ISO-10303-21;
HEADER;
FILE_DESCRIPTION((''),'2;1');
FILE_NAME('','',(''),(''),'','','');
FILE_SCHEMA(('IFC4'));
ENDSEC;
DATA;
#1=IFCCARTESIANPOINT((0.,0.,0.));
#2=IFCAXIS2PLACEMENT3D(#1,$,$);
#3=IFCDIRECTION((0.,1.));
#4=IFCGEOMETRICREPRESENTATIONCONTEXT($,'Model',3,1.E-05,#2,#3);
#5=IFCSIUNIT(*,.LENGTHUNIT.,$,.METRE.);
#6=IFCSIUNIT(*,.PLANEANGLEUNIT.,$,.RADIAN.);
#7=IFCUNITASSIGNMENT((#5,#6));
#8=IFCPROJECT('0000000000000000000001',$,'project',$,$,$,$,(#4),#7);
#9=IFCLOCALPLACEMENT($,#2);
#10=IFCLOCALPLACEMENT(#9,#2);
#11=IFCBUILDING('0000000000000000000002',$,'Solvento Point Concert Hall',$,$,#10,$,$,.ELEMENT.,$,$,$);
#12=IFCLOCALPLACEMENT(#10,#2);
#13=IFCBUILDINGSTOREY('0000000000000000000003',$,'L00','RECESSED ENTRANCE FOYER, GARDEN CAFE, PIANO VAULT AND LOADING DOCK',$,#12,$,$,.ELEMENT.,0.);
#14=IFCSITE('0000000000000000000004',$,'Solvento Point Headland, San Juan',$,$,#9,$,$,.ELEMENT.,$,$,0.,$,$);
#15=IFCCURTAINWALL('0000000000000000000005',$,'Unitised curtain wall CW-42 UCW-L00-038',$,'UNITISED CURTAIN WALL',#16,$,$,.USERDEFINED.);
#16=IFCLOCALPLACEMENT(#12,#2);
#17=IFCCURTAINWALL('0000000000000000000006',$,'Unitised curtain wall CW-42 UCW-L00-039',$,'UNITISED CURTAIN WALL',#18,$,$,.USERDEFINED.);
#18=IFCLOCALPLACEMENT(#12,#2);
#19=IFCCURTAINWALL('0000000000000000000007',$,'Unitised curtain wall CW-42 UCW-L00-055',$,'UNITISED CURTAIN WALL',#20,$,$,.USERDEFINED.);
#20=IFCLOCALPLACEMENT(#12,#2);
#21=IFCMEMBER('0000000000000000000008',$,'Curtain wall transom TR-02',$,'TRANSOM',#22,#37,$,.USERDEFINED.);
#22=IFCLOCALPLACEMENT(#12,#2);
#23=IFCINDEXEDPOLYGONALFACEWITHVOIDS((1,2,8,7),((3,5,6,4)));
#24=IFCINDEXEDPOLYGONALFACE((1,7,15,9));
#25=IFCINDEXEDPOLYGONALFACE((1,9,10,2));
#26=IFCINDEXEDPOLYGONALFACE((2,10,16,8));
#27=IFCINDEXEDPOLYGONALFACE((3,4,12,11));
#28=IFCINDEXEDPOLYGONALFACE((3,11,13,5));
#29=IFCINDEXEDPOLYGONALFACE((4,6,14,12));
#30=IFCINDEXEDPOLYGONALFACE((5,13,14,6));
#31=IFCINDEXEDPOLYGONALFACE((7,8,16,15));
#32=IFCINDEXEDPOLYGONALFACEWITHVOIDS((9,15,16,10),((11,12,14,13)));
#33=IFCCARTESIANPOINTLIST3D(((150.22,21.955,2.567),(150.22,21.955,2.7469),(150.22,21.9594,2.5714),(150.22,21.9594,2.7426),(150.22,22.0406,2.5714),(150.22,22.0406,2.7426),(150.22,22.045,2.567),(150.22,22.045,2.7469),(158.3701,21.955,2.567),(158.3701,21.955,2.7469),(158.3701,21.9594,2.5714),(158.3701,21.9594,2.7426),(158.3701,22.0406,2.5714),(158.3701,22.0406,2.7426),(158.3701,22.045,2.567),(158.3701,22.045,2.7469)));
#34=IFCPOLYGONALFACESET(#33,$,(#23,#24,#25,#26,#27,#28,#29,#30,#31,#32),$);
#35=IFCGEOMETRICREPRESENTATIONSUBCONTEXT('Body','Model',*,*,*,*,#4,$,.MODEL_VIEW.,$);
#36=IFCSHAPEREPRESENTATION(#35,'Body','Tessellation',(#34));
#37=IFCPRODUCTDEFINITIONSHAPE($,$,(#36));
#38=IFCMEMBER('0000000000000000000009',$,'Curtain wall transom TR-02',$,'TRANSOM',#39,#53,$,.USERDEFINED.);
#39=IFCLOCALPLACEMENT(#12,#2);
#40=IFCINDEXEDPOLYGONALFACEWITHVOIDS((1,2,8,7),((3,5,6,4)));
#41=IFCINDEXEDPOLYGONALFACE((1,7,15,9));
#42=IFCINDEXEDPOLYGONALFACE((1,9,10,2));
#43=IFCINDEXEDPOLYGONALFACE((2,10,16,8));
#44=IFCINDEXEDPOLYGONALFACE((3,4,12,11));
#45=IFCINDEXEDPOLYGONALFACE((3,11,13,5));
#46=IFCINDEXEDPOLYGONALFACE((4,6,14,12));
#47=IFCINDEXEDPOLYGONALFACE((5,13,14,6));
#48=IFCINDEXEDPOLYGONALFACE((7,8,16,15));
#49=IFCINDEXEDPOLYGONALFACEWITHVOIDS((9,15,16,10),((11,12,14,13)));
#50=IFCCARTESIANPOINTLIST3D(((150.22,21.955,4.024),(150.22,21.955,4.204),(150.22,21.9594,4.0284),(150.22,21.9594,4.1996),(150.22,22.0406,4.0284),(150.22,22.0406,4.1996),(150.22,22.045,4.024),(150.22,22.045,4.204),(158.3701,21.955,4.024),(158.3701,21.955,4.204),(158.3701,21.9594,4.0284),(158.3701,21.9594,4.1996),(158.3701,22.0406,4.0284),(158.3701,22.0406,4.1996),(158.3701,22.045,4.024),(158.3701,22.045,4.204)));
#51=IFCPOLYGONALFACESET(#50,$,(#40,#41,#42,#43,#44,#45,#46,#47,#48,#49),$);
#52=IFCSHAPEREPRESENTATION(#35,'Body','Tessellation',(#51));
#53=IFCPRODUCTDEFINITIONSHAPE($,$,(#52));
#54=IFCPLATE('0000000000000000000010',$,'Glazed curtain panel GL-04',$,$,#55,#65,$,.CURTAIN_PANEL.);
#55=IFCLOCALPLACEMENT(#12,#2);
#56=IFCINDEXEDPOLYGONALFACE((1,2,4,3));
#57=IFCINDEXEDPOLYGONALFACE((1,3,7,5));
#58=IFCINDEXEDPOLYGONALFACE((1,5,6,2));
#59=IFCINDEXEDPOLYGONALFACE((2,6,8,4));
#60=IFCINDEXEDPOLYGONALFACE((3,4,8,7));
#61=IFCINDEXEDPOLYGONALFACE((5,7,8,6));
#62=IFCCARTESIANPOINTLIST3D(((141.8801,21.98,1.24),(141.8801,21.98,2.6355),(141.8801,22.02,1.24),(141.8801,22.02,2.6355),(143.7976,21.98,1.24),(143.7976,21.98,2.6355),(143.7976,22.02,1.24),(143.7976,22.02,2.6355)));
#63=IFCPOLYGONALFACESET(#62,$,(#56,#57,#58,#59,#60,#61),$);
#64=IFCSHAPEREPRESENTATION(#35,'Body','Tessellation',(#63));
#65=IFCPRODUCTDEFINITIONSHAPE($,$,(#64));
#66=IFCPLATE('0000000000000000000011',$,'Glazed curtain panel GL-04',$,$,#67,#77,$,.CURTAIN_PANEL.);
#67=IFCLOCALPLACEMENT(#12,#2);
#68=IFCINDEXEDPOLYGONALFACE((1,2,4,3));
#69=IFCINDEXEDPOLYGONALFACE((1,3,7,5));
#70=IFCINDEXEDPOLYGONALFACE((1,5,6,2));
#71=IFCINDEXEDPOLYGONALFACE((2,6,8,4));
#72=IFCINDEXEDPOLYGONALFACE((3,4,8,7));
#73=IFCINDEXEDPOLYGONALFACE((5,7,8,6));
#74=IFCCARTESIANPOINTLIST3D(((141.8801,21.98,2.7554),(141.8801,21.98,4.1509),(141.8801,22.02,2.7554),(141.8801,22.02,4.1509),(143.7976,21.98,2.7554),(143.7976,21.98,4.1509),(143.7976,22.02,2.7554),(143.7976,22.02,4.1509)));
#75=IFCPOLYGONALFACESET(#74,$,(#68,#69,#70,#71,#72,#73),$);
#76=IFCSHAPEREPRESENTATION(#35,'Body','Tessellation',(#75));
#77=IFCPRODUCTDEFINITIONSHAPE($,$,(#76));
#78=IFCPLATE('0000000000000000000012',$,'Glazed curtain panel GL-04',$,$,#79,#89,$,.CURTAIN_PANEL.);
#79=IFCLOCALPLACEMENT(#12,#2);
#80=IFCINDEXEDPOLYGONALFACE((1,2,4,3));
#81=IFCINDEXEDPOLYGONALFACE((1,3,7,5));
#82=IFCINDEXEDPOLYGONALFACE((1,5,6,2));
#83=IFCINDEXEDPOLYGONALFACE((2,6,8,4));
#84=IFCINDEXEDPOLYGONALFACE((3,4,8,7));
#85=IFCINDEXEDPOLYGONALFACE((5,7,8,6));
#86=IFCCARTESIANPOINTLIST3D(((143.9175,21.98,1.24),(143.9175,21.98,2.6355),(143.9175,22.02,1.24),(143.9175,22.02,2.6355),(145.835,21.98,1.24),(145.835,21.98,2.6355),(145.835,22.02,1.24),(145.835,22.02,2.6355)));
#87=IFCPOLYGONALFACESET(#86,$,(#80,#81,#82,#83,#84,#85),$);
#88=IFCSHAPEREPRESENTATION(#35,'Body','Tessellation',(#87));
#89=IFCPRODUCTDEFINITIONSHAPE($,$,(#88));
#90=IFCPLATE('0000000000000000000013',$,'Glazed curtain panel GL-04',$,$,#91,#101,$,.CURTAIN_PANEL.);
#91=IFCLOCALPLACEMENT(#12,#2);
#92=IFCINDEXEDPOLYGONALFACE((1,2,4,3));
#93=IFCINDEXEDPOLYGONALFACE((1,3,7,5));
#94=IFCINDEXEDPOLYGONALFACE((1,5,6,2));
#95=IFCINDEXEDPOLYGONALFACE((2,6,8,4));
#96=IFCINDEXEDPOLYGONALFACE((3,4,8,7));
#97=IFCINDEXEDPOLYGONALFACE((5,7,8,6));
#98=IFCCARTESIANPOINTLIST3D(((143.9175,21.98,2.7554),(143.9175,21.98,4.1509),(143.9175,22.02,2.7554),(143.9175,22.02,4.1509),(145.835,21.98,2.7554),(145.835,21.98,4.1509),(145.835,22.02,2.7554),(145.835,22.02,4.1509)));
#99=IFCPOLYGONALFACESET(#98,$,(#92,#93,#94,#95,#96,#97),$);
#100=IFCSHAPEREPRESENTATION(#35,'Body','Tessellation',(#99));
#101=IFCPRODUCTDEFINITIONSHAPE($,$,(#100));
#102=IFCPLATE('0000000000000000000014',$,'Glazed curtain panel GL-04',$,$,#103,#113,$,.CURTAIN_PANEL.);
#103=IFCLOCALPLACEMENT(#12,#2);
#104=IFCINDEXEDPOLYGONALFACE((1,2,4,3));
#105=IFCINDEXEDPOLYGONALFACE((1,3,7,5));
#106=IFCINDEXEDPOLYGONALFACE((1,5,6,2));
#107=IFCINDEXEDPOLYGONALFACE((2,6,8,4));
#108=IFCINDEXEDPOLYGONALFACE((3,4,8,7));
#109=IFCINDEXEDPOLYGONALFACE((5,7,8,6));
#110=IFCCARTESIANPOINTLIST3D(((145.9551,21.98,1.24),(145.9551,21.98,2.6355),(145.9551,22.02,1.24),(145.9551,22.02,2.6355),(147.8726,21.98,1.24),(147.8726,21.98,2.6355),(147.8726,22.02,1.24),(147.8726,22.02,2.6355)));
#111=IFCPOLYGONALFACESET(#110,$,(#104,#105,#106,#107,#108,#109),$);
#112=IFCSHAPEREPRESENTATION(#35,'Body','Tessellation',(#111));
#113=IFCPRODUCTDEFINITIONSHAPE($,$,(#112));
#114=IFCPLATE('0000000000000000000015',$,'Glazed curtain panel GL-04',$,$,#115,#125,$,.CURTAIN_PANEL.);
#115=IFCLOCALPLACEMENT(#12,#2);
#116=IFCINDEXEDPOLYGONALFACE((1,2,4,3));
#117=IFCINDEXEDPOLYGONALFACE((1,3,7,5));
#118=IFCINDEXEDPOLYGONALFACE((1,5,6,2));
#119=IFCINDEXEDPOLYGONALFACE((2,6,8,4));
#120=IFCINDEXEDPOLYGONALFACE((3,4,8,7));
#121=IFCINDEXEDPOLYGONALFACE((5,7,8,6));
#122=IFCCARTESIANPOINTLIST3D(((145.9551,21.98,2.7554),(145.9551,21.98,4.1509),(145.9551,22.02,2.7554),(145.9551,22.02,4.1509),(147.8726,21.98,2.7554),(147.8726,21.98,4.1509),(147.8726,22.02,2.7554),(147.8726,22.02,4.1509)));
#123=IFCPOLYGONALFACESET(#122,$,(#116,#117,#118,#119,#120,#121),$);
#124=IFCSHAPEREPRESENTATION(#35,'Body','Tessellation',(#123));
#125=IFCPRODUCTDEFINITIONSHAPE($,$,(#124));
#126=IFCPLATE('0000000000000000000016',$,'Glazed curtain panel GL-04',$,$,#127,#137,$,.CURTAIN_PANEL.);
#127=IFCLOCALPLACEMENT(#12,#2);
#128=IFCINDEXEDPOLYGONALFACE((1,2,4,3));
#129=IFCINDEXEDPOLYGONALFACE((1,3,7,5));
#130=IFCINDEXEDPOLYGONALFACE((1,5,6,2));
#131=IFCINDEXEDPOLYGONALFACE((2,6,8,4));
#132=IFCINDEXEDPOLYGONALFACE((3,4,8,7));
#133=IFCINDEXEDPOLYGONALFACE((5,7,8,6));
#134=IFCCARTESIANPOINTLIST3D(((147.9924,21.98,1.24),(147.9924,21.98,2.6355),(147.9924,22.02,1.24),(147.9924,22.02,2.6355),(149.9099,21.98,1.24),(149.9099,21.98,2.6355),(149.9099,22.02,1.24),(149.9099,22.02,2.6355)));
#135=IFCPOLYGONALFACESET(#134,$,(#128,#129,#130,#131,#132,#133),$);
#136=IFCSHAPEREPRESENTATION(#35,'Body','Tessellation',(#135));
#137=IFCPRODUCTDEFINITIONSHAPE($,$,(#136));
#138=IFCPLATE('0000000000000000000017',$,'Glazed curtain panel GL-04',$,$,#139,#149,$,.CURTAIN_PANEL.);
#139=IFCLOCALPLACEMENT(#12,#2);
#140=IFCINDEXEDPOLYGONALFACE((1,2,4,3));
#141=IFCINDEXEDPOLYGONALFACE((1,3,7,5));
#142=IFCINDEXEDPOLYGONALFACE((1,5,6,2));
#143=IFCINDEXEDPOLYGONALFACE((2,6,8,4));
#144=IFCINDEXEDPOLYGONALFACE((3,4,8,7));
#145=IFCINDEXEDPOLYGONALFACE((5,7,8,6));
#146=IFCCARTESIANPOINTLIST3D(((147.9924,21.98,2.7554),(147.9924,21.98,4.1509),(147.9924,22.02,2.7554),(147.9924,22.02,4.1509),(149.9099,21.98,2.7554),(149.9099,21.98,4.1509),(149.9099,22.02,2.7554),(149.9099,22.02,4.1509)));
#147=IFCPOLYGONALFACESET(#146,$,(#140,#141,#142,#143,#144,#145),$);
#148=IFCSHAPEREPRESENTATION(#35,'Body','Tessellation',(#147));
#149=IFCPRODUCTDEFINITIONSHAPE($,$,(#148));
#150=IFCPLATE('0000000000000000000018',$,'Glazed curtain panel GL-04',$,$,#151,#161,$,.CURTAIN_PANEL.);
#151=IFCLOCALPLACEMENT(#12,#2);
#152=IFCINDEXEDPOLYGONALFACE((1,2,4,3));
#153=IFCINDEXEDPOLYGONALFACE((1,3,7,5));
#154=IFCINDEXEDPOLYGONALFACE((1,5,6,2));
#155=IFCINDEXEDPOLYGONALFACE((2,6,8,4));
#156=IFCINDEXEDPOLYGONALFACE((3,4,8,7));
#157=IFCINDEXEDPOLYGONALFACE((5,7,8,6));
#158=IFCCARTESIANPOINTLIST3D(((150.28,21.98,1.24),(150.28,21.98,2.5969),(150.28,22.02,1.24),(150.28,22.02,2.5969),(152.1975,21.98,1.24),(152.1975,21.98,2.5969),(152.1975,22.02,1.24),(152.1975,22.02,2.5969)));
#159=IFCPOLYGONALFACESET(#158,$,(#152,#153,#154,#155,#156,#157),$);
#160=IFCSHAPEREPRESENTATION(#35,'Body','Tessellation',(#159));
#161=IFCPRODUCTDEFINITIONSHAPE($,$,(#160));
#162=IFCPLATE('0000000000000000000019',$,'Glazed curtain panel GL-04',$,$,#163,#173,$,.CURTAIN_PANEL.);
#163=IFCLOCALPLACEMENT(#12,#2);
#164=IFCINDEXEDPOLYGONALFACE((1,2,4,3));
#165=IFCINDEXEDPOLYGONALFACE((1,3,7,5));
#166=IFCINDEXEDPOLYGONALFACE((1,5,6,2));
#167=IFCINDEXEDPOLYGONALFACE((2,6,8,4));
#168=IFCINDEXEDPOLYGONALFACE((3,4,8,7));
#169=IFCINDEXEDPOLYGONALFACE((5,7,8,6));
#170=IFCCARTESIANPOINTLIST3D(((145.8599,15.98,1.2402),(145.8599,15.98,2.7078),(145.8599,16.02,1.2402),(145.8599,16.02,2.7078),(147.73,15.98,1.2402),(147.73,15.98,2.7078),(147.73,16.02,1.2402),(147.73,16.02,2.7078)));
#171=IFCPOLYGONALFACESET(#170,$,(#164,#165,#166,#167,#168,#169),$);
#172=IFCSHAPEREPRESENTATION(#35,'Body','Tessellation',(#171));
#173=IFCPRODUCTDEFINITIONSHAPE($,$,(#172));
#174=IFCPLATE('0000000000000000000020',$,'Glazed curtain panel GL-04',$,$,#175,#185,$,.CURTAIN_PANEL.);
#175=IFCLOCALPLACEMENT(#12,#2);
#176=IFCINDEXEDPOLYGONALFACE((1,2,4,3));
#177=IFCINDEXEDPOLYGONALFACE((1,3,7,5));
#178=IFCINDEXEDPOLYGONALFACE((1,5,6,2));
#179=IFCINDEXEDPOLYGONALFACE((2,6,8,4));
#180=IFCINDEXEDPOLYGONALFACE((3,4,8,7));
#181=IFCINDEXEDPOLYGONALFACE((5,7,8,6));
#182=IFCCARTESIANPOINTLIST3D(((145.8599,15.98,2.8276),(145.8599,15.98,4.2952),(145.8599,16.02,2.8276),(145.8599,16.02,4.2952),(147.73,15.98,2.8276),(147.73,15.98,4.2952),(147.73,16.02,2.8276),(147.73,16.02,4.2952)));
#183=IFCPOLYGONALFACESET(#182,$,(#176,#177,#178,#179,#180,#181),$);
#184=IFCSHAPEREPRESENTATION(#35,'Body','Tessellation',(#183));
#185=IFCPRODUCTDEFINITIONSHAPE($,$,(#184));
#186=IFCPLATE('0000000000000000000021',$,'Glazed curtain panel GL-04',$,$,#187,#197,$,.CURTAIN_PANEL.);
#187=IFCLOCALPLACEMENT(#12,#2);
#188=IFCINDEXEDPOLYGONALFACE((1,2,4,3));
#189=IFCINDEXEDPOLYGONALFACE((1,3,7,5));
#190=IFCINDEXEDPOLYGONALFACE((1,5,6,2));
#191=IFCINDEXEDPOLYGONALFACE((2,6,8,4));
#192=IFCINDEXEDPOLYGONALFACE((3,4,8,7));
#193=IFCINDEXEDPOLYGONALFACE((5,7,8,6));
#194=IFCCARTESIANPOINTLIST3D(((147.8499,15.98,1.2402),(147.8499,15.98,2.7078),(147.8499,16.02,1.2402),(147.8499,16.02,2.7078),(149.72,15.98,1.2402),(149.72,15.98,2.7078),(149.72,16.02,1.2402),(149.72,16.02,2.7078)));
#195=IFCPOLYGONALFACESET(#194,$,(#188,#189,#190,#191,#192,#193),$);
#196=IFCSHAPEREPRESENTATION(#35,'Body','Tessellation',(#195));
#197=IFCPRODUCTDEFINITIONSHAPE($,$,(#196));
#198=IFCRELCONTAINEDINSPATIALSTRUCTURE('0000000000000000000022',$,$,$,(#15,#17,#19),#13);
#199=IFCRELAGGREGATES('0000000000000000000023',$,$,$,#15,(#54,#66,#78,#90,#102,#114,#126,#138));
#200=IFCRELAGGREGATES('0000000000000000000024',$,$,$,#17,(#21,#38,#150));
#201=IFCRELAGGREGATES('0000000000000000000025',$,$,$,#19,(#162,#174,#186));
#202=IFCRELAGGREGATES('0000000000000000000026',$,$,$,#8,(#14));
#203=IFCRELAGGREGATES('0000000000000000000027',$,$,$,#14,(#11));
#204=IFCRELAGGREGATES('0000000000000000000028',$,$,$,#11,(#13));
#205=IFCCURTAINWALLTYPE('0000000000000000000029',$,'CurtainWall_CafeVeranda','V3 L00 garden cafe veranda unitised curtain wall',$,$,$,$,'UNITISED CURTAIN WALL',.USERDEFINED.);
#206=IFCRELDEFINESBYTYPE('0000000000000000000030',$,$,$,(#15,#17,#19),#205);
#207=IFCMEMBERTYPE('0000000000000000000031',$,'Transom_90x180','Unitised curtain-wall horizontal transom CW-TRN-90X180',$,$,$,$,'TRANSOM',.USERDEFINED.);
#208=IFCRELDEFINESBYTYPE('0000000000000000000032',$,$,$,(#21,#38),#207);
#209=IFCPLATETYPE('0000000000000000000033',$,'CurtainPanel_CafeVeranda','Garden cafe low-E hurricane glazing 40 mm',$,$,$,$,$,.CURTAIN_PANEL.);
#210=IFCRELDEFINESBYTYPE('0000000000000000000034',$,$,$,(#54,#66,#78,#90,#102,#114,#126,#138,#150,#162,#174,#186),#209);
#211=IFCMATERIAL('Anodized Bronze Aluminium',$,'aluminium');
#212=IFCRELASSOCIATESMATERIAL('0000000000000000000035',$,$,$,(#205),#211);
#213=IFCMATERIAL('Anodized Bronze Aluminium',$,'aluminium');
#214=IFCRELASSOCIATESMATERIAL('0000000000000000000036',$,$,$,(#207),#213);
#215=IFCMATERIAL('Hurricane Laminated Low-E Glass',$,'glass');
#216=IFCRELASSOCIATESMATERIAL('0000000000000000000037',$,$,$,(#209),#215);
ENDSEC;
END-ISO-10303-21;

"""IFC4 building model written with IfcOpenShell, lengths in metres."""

from ifc_helpers import new_model, si_unit, direction, frame, origin, origin_2d, place, context, subcontext, project, spatial, rectangle, hollow_rectangle, extrude, material, material_profile, profile_set, type_object, element, aggregate, save


model = new_model("IFC4")

# Units and contexts
model_context = context("Model", 3, precision=1e-05, world=origin(), true_north=direction((0.0, 1.0)))
body_context = subcontext(model_context, "Body", "Model", "MODEL_VIEW")
ifc_project = project(units=[si_unit("LENGTHUNIT", "METRE"), si_unit("PLANEANGLEUNIT", "RADIAN")], contexts=[model_context])

# Site, building, storey
site_placement = place(None, origin())
site = spatial("IfcSite", under=ifc_project, at=site_placement, Name="Solvento Point Headland, San Juan", CompositionType="ELEMENT", RefElevation=0.0)
building_placement = place(site_placement, origin())
building = spatial("IfcBuilding", under=site, at=building_placement, Name="Solvento Point Concert Hall", CompositionType="ELEMENT")
storey_placement = place(building_placement, origin())
storey = spatial("IfcBuildingStorey", under=building, at=storey_placement, Name="L00", Description="RECESSED ENTRANCE FOYER, GARDEN CAFE, PIANO VAULT AND LOADING DOCK", CompositionType="ELEMENT", Elevation=0.0)

# Curtain wall
ifc_material_1 = material(Name="Anodized Bronze Aluminium", Category="aluminium")
curtain_wall_type = type_object("IfcCurtainWallType", Name="CurtainWall_CafeVeranda", Description="V3 L00 garden cafe veranda unitised curtain wall", ElementType="UNITISED CURTAIN WALL", PredefinedType="USERDEFINED", material=ifc_material_1)
curtain_wall_1_placement = place(storey_placement, origin())
curtain_wall_1 = element("IfcCurtainWall", 1, at=curtain_wall_1_placement, inside=storey, type_object=curtain_wall_type, Name="Unitised curtain wall CW-42 UCW-L00-038", ObjectType="UNITISED CURTAIN WALL", PredefinedType="USERDEFINED")

# Curtain wall
curtain_wall_2_placement = place(storey_placement, origin())
curtain_wall_2 = element("IfcCurtainWall", 2, at=curtain_wall_2_placement, inside=storey, type_object=curtain_wall_type, Name="Unitised curtain wall CW-42 UCW-L00-039", ObjectType="UNITISED CURTAIN WALL", PredefinedType="USERDEFINED")

# Curtain wall
curtain_wall_3_placement = place(storey_placement, origin())
curtain_wall_3 = element("IfcCurtainWall", 3, at=curtain_wall_3_placement, inside=storey, type_object=curtain_wall_type, Name="Unitised curtain wall CW-42 UCW-L00-055", ObjectType="UNITISED CURTAIN WALL", PredefinedType="USERDEFINED")

# Members
ifc_material_2 = material(Name="Anodized Bronze Aluminium", Category="aluminium")
ifc_material_profile_1 = material_profile(ifc_material_2, hollow_rectangle(XDim=0.0901, YDim=0.1799, WallThickness=0.0044, at=origin_2d()), Name="CW-TRN-90X180")
ifc_profile_set_1 = profile_set([ifc_material_profile_1], Name="Anodized Bronze Aluminium")
member_type_1 = type_object("IfcMemberType", Name="Transom_90x180", Description="Unitised curtain-wall horizontal transom CW-TRN-90X180", ElementType="TRANSOM", PredefinedType="USERDEFINED", material=ifc_profile_set_1)
member_1_placement = place(storey_placement, frame((150.22, 22.0, 2.657), z_axis=(1.0, 0.0, 0.0), x_axis=(0.0, 1.0, 0.0)))
member_1 = element("IfcMember", 4, at=member_1_placement, type_object=member_type_1, Name="Curtain wall transom TR-02", ObjectType="TRANSOM", PredefinedType="USERDEFINED", context=body_context, shape_type="SweptSolid", body=[
    extrude(hollow_rectangle(XDim=0.0901, YDim=0.1799, WallThickness=0.0044, at=origin_2d()), origin(), (0.0, 0.0, 1.0), 8.1501),
])
member_2_placement = place(storey_placement, frame((150.22, 22.0, 4.114), z_axis=(1.0, 0.0, 0.0), x_axis=(0.0, 1.0, 0.0)))
member_2 = element("IfcMember", 5, at=member_2_placement, type_object=member_type_1, Name="Curtain wall transom TR-02", ObjectType="TRANSOM", PredefinedType="USERDEFINED", context=body_context, shape_type="SweptSolid", body=[
    extrude(hollow_rectangle(XDim=0.0901, YDim=0.1799, WallThickness=0.0044, at=origin_2d()), origin(), (0.0, 0.0, 1.0), 8.1501),
])

# Plates
ifc_material_3 = material(Name="Hurricane Laminated Low-E Glass", Category="glass")
plate_type = type_object("IfcPlateType", Name="CurtainPanel_CafeVeranda", Description="Garden cafe low-E hurricane glazing 40 mm", PredefinedType="CURTAIN_PANEL", material=ifc_material_3)
plate_1_placement = place(storey_placement, frame((142.8389, 22.0, 1.24), z_axis=(0.0, 0.0, 1.0), x_axis=(1.0, 0.0, 0.0)))
plate_1 = element("IfcPlate", 6, at=plate_1_placement, type_object=plate_type, Name="Glazed curtain panel GL-04", PredefinedType="CURTAIN_PANEL", context=body_context, shape_type="SweptSolid", body=[
    extrude(rectangle(XDim=1.9175, YDim=0.04, at=origin_2d()), origin(), (0.0, 0.0, 1.0), 1.3955),
])
plate_2_placement = place(storey_placement, frame((142.8389, 22.0, 2.7554), z_axis=(0.0, 0.0, 1.0), x_axis=(1.0, 0.0, 0.0)))
plate_2 = element("IfcPlate", 7, at=plate_2_placement, type_object=plate_type, Name="Glazed curtain panel GL-04", PredefinedType="CURTAIN_PANEL", context=body_context, shape_type="SweptSolid", body=[
    extrude(rectangle(XDim=1.9175, YDim=0.04, at=origin_2d()), origin(), (0.0, 0.0, 1.0), 1.3955),
])
plate_3_placement = place(storey_placement, frame((144.8762, 22.0, 1.24), z_axis=(0.0, 0.0, 1.0), x_axis=(1.0, 0.0, 0.0)))
plate_3 = element("IfcPlate", 8, at=plate_3_placement, type_object=plate_type, Name="Glazed curtain panel GL-04", PredefinedType="CURTAIN_PANEL", context=body_context, shape_type="SweptSolid", body=[
    extrude(rectangle(XDim=1.9175, YDim=0.04, at=origin_2d()), origin(), (0.0, 0.0, 1.0), 1.3955),
])
plate_4_placement = place(storey_placement, frame((144.8762, 22.0, 2.7554), z_axis=(0.0, 0.0, 1.0), x_axis=(1.0, 0.0, 0.0)))
plate_4 = element("IfcPlate", 9, at=plate_4_placement, type_object=plate_type, Name="Glazed curtain panel GL-04", PredefinedType="CURTAIN_PANEL", context=body_context, shape_type="SweptSolid", body=[
    extrude(rectangle(XDim=1.9175, YDim=0.04, at=origin_2d()), origin(), (0.0, 0.0, 1.0), 1.3955),
])
plate_5_placement = place(storey_placement, frame((146.9138, 22.0, 1.24), z_axis=(0.0, 0.0, 1.0), x_axis=(1.0, 0.0, 0.0)))
plate_5 = element("IfcPlate", 10, at=plate_5_placement, type_object=plate_type, Name="Glazed curtain panel GL-04", PredefinedType="CURTAIN_PANEL", context=body_context, shape_type="SweptSolid", body=[
    extrude(rectangle(XDim=1.9175, YDim=0.04, at=origin_2d()), origin(), (0.0, 0.0, 1.0), 1.3955),
])
plate_6_placement = place(storey_placement, frame((146.9138, 22.0, 2.7554), z_axis=(0.0, 0.0, 1.0), x_axis=(1.0, 0.0, 0.0)))
plate_6 = element("IfcPlate", 11, at=plate_6_placement, type_object=plate_type, Name="Glazed curtain panel GL-04", PredefinedType="CURTAIN_PANEL", context=body_context, shape_type="SweptSolid", body=[
    extrude(rectangle(XDim=1.9175, YDim=0.04, at=origin_2d()), origin(), (0.0, 0.0, 1.0), 1.3955),
])
plate_7_placement = place(storey_placement, frame((148.9512, 22.0, 1.24), z_axis=(0.0, 0.0, 1.0), x_axis=(1.0, 0.0, 0.0)))
plate_7 = element("IfcPlate", 12, at=plate_7_placement, type_object=plate_type, Name="Glazed curtain panel GL-04", PredefinedType="CURTAIN_PANEL", context=body_context, shape_type="SweptSolid", body=[
    extrude(rectangle(XDim=1.9175, YDim=0.04, at=origin_2d()), origin(), (0.0, 0.0, 1.0), 1.3955),
])
plate_8_placement = place(storey_placement, frame((148.9512, 22.0, 2.7554), z_axis=(0.0, 0.0, 1.0), x_axis=(1.0, 0.0, 0.0)))
plate_8 = element("IfcPlate", 13, at=plate_8_placement, type_object=plate_type, Name="Glazed curtain panel GL-04", PredefinedType="CURTAIN_PANEL", context=body_context, shape_type="SweptSolid", body=[
    extrude(rectangle(XDim=1.9175, YDim=0.04, at=origin_2d()), origin(), (0.0, 0.0, 1.0), 1.3955),
])
aggregate(curtain_wall_1, [plate_1, plate_2, plate_3, plate_4, plate_5, plate_6, plate_7, plate_8])
plate_9_placement = place(storey_placement, frame((151.2388, 22.0, 1.24), z_axis=(0.0, 0.0, 1.0), x_axis=(1.0, 0.0, 0.0)))
plate_9 = element("IfcPlate", 14, at=plate_9_placement, type_object=plate_type, Name="Glazed curtain panel GL-04", PredefinedType="CURTAIN_PANEL", context=body_context, shape_type="SweptSolid", body=[
    extrude(rectangle(XDim=1.9175, YDim=0.04, at=origin_2d()), origin(), (0.0, 0.0, 1.0), 1.3569),
])
aggregate(curtain_wall_2, [member_1, member_2, plate_9])
plate_10_placement = place(storey_placement, frame((146.7949, 16.0, 1.2402), z_axis=(0.0, 0.0, 1.0), x_axis=(1.0, 0.0, 0.0)))
plate_10 = element("IfcPlate", 15, at=plate_10_placement, type_object=plate_type, Name="Glazed curtain panel GL-04", PredefinedType="CURTAIN_PANEL", context=body_context, shape_type="SweptSolid", body=[
    extrude(rectangle(XDim=1.8701, YDim=0.04, at=origin_2d()), origin(), (0.0, 0.0, 1.0), 1.4675),
])
plate_11_placement = place(storey_placement, frame((146.7949, 16.0, 2.8276), z_axis=(0.0, 0.0, 1.0), x_axis=(1.0, 0.0, 0.0)))
plate_11 = element("IfcPlate", 16, at=plate_11_placement, type_object=plate_type, Name="Glazed curtain panel GL-04", PredefinedType="CURTAIN_PANEL", context=body_context, shape_type="SweptSolid", body=[
    extrude(rectangle(XDim=1.8701, YDim=0.04, at=origin_2d()), origin(), (0.0, 0.0, 1.0), 1.4675),
])
plate_12_placement = place(storey_placement, frame((148.7849, 16.0, 1.2402), z_axis=(0.0, 0.0, 1.0), x_axis=(1.0, 0.0, 0.0)))
plate_12 = element("IfcPlate", 17, at=plate_12_placement, type_object=plate_type, Name="Glazed curtain panel GL-04", PredefinedType="CURTAIN_PANEL", context=body_context, shape_type="SweptSolid", body=[
    extrude(rectangle(XDim=1.8701, YDim=0.04, at=origin_2d()), origin(), (0.0, 0.0, 1.0), 1.4675),
])
aggregate(curtain_wall_3, [plate_10, plate_11, plate_12])

save(model, "model.ifc")
